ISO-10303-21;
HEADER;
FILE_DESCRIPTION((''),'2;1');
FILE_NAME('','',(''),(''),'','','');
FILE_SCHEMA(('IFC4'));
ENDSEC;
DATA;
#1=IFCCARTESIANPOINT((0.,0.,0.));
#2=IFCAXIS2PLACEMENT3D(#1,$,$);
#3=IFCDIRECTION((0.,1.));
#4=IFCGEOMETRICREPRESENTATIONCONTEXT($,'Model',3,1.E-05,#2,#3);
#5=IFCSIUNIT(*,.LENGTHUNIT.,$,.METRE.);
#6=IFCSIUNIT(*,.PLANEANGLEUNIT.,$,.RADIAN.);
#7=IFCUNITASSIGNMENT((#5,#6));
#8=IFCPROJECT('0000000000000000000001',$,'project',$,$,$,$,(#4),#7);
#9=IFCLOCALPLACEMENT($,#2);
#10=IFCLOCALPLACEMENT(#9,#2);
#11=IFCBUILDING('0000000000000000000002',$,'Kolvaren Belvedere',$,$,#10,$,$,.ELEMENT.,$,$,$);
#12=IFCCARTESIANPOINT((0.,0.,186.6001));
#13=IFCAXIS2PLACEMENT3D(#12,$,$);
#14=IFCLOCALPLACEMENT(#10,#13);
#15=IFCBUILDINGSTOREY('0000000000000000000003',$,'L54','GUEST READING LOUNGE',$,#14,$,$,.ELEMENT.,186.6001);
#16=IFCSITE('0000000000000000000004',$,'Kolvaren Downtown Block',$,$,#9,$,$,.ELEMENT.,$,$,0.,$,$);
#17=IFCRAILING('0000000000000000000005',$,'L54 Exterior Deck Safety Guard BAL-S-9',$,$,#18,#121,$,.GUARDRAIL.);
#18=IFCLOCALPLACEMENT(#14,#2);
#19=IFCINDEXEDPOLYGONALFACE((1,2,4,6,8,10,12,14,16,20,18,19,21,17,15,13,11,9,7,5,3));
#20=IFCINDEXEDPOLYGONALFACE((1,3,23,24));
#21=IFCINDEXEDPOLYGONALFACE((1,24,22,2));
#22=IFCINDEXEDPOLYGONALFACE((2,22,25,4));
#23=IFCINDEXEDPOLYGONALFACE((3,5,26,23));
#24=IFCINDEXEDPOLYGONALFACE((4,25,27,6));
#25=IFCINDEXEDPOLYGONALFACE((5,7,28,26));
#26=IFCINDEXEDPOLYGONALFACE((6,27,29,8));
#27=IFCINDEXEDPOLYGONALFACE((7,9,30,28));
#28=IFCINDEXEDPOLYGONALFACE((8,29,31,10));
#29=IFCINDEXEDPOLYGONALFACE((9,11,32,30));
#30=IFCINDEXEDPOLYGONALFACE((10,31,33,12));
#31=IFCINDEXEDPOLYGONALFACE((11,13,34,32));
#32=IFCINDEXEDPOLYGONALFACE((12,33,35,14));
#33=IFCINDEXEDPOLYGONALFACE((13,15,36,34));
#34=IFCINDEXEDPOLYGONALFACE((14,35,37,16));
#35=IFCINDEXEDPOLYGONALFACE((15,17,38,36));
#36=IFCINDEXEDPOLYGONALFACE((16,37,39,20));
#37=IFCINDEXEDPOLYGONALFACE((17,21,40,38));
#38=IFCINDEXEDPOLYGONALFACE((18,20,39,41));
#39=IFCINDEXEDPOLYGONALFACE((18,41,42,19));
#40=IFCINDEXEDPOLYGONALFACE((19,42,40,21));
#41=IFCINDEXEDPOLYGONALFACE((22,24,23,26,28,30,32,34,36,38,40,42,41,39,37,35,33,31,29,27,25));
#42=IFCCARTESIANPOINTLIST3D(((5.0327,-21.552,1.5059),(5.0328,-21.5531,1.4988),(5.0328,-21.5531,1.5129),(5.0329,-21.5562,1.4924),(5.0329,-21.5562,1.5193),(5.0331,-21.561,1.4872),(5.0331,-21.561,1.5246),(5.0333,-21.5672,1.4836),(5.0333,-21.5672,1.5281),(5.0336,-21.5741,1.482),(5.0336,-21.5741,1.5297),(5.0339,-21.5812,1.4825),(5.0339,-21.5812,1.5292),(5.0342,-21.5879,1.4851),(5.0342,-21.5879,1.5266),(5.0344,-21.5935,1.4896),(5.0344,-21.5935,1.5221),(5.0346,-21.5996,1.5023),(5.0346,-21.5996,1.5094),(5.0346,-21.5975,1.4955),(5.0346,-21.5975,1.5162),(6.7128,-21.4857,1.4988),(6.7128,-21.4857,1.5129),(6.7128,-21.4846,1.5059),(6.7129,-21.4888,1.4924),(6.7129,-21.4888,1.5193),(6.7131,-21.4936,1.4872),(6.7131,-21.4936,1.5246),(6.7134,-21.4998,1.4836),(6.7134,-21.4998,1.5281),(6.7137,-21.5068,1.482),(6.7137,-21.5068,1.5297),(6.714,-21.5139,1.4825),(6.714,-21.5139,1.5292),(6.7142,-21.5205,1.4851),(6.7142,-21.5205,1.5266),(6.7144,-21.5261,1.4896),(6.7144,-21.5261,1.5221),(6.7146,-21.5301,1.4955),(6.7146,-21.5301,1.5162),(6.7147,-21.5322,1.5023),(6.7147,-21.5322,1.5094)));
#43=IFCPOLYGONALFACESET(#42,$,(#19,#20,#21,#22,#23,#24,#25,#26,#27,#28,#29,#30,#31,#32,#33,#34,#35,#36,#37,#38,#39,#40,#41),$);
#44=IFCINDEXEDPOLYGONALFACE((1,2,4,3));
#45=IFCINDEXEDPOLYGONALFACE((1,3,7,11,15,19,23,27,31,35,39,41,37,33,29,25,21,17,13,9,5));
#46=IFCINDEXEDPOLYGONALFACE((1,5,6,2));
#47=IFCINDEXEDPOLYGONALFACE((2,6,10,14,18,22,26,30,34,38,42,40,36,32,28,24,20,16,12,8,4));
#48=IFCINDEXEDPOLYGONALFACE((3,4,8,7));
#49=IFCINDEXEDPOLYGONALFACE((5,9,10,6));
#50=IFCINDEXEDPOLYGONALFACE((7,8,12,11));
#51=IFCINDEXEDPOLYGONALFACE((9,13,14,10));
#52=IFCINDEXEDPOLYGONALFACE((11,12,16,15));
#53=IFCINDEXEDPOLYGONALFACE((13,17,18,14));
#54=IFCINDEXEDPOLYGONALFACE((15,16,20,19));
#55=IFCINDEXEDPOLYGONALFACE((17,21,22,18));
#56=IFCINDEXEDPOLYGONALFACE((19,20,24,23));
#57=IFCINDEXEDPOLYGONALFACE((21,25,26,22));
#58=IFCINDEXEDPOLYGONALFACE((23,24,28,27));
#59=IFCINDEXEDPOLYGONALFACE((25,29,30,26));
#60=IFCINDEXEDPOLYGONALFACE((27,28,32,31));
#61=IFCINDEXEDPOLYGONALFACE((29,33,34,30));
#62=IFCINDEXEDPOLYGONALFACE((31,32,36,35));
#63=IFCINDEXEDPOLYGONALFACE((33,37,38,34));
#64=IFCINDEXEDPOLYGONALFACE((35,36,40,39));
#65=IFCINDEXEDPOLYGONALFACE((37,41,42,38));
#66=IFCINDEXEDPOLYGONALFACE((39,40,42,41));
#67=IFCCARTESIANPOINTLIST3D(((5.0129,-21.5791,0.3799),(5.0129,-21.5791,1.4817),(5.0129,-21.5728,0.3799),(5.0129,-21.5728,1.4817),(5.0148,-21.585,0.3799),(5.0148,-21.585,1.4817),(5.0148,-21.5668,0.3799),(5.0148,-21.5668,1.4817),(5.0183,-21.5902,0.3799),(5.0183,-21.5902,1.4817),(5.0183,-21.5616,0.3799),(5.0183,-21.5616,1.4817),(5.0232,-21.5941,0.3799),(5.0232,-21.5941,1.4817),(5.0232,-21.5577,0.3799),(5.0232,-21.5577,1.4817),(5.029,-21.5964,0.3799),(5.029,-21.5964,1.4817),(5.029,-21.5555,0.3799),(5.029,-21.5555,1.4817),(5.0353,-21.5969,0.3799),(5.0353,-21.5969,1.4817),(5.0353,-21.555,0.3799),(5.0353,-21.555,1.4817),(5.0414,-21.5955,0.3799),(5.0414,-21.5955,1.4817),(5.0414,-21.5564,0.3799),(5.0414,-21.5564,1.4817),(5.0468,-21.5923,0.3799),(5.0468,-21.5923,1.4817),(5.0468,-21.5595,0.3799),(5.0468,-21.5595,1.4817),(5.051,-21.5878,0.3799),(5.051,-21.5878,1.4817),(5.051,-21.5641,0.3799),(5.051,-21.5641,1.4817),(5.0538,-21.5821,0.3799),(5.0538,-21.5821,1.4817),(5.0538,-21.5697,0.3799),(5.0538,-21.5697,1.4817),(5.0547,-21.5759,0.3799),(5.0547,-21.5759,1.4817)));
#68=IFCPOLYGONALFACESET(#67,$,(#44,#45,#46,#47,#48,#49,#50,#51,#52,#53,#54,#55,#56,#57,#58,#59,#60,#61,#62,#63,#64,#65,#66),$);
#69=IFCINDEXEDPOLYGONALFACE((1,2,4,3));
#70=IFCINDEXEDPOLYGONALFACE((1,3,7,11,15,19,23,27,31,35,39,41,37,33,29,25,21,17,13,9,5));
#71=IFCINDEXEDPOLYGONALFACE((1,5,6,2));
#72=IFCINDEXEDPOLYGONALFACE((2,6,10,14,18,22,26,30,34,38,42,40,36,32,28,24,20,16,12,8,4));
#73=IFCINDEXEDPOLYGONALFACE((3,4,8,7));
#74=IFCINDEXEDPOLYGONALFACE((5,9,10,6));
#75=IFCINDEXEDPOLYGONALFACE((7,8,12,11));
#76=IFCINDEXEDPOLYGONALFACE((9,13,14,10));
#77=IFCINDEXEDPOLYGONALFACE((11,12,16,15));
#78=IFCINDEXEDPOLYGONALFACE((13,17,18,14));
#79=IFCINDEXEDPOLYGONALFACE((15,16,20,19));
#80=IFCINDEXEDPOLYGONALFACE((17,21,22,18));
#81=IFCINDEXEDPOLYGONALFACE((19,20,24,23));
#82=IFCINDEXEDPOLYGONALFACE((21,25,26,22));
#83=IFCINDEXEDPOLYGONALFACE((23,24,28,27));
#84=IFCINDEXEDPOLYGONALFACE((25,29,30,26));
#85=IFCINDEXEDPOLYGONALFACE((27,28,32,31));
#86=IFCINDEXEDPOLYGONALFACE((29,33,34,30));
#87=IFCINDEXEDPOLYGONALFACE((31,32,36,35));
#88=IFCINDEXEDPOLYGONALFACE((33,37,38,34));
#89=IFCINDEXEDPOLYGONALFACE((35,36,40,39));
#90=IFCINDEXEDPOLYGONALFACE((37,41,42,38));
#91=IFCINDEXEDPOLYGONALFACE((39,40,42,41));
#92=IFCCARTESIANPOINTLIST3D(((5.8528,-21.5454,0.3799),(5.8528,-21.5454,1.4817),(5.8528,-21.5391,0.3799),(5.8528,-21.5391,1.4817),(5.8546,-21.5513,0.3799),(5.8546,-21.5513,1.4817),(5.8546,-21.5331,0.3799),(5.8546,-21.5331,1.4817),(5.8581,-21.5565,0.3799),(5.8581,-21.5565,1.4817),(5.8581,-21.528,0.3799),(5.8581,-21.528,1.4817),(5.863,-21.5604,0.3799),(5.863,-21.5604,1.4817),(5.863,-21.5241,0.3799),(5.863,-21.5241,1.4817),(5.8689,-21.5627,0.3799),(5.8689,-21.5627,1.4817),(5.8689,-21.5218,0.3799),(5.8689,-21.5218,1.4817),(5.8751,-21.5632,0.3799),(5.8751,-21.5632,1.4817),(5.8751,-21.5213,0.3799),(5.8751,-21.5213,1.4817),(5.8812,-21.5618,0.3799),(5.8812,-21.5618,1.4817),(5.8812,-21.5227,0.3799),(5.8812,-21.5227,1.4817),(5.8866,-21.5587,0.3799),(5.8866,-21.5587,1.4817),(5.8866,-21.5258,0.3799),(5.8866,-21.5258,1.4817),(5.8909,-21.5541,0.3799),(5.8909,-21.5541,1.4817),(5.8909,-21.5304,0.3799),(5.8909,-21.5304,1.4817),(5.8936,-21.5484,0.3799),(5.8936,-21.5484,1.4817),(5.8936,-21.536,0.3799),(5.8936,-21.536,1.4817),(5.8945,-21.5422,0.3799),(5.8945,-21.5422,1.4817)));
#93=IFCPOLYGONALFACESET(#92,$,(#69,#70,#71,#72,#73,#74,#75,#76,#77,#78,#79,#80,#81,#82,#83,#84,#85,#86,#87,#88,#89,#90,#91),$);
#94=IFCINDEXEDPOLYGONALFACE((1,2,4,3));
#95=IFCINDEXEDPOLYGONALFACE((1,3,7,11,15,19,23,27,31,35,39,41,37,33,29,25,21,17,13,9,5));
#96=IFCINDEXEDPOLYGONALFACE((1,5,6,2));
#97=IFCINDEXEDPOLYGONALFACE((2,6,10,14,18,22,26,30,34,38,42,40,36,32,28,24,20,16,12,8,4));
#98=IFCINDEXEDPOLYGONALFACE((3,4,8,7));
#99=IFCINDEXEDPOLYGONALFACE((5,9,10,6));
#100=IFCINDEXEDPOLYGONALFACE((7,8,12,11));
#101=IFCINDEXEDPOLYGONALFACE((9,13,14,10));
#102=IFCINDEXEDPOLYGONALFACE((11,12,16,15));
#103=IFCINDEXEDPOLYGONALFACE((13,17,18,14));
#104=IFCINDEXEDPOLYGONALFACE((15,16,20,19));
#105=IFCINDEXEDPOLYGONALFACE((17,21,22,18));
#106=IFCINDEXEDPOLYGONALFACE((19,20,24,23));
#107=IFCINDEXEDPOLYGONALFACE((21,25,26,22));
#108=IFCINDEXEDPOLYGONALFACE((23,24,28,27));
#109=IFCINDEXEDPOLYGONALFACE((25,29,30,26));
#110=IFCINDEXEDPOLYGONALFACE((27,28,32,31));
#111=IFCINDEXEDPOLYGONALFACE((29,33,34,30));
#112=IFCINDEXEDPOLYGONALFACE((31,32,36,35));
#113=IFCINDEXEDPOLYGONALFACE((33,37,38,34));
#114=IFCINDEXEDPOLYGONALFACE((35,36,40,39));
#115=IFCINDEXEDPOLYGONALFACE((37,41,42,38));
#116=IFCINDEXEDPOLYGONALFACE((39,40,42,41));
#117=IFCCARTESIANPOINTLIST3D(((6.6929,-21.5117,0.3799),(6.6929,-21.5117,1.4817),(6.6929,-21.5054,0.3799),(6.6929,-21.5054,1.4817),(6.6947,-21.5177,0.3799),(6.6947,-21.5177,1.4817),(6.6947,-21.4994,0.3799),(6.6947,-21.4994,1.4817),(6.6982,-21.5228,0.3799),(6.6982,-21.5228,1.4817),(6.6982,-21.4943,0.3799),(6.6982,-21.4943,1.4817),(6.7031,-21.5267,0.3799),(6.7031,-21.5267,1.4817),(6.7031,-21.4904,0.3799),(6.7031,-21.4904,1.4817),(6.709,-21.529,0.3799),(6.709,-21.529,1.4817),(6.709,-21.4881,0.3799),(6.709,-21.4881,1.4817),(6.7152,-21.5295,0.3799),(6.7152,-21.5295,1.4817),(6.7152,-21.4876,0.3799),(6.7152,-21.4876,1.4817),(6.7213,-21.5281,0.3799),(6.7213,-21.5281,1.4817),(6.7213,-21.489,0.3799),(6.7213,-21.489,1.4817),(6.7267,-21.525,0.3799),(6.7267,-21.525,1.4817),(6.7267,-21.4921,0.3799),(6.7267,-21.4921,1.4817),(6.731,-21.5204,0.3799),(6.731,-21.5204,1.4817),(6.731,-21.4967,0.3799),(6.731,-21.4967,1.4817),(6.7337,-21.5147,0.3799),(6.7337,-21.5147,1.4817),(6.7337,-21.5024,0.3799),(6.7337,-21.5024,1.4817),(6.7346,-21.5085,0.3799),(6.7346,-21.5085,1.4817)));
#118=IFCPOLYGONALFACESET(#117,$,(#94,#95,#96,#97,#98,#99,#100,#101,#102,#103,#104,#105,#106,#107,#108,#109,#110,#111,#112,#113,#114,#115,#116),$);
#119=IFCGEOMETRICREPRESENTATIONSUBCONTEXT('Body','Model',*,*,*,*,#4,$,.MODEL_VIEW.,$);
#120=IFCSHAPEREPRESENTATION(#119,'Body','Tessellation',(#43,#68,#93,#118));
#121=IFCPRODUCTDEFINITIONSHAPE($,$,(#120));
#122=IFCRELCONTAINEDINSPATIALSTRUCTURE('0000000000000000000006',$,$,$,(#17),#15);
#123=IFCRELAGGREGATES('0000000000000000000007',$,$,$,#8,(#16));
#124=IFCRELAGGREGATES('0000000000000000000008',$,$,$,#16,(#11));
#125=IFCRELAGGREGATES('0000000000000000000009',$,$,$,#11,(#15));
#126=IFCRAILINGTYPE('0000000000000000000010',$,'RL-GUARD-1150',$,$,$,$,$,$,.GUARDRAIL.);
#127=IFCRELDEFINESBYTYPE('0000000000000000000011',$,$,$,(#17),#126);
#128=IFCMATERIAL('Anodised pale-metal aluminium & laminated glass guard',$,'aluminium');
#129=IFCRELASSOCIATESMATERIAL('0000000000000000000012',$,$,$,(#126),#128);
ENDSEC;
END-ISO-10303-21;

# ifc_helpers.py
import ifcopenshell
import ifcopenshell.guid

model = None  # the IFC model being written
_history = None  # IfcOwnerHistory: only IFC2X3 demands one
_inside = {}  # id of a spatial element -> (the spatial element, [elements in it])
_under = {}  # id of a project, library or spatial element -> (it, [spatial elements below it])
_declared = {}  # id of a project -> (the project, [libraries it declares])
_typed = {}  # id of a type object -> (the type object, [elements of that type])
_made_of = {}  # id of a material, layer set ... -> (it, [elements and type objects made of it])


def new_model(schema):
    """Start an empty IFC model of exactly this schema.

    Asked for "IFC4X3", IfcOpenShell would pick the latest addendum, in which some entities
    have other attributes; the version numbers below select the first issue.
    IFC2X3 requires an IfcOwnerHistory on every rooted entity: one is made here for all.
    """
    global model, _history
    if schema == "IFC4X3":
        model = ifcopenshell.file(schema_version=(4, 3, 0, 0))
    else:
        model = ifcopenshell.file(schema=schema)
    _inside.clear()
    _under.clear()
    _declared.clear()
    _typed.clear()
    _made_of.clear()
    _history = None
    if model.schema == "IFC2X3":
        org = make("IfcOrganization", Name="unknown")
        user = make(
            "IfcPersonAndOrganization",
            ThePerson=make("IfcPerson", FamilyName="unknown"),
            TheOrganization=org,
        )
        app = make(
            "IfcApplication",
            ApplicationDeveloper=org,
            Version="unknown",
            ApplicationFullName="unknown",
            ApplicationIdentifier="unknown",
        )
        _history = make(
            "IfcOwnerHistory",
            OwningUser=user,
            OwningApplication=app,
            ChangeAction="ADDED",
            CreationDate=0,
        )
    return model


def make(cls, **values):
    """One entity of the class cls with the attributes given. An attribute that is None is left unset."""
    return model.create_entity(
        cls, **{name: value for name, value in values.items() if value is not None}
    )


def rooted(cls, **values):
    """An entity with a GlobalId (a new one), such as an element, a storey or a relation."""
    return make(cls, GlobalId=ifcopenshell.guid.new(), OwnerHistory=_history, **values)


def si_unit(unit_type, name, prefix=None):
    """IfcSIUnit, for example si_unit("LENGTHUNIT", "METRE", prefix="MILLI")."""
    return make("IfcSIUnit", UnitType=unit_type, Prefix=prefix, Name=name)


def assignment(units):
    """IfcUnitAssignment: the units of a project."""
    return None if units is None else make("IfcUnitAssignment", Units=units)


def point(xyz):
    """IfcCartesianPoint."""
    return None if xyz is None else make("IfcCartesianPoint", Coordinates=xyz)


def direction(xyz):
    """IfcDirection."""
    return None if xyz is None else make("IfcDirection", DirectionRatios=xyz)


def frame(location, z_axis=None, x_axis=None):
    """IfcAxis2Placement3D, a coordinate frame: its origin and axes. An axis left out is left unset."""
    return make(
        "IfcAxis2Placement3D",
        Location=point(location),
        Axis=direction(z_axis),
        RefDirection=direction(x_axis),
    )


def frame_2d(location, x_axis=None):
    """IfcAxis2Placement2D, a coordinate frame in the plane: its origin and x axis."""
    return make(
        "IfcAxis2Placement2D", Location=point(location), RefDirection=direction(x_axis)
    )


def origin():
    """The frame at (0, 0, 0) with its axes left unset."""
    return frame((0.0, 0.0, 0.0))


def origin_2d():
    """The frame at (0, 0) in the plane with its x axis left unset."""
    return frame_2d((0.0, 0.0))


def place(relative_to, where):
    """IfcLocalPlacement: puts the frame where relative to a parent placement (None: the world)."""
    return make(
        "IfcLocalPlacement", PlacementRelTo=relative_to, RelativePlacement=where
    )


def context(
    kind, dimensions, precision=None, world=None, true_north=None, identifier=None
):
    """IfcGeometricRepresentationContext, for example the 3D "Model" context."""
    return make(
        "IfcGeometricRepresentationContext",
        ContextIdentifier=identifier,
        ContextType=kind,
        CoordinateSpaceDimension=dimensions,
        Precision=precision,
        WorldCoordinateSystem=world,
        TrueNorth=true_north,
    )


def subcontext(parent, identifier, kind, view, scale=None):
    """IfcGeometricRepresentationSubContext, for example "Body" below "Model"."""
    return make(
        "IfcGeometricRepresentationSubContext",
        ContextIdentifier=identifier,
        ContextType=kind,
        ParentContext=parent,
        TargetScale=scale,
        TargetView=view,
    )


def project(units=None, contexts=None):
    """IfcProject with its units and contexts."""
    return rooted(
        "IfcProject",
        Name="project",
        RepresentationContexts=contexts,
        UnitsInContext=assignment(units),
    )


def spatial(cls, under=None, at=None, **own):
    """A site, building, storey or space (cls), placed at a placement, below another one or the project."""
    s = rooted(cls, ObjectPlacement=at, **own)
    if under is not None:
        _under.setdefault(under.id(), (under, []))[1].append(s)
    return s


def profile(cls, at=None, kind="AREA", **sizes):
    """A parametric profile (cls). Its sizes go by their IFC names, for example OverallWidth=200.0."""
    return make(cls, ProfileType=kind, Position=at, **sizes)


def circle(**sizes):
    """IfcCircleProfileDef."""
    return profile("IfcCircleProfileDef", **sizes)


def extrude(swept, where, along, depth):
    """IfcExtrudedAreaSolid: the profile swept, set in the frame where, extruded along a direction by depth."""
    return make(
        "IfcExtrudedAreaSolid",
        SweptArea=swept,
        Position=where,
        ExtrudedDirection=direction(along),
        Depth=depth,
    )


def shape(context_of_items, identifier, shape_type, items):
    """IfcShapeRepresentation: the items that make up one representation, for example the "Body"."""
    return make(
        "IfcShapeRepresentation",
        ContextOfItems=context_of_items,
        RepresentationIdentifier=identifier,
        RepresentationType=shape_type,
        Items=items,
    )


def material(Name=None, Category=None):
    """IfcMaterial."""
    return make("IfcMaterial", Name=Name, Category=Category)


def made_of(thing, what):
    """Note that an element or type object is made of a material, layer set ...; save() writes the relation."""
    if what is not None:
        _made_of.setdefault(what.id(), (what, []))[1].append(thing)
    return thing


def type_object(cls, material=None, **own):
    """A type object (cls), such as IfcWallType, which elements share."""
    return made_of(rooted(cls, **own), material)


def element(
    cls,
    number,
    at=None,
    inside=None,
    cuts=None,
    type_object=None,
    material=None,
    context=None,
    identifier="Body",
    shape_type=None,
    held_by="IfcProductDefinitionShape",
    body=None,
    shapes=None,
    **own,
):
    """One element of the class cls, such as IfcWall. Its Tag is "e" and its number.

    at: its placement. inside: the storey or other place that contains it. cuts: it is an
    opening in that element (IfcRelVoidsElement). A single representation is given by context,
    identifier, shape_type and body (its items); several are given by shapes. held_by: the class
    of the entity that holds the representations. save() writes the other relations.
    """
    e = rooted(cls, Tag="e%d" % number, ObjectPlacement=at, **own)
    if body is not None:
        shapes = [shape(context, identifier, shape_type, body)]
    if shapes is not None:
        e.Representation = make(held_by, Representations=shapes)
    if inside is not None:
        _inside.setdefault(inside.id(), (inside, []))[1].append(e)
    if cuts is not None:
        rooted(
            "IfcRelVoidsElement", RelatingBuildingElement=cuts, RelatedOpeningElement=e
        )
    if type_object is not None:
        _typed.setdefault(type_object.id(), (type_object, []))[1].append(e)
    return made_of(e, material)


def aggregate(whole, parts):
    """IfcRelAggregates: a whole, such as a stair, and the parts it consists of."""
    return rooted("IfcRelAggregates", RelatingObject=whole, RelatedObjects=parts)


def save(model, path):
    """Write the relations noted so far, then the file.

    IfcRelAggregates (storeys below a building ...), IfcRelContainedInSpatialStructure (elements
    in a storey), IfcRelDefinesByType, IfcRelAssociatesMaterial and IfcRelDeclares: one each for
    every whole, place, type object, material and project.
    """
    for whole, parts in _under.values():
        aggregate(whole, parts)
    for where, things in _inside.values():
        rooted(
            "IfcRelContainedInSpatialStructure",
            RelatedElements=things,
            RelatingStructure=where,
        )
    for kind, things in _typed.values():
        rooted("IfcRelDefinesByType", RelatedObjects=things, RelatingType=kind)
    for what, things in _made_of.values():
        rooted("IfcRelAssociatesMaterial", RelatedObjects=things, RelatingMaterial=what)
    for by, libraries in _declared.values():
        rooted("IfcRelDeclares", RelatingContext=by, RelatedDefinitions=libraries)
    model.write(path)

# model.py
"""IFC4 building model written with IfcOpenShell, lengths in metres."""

from ifc_helpers import new_model, si_unit, direction, frame, origin, origin_2d, place, context, subcontext, project, spatial, circle, extrude, material, type_object, element, save


model = new_model("IFC4")

# Units and contexts
model_context = context("Model", 3, precision=1e-05, world=origin(), true_north=direction((0.0, 1.0)))
body_context = subcontext(model_context, "Body", "Model", "MODEL_VIEW")
ifc_project = project(units=[si_unit("LENGTHUNIT", "METRE"), si_unit("PLANEANGLEUNIT", "RADIAN")], contexts=[model_context])

# Site, building, storey
site_placement = place(None, origin())
site = spatial("IfcSite", under=ifc_project, at=site_placement, Name="Kolvaren Downtown Block", CompositionType="ELEMENT", RefElevation=0.0)
building_placement = place(site_placement, origin())
building = spatial("IfcBuilding", under=site, at=building_placement, Name="Kolvaren Belvedere", CompositionType="ELEMENT")
storey_placement = place(building_placement, frame((0.0, 0.0, 186.6001)))
storey = spatial("IfcBuildingStorey", under=building, at=storey_placement, Name="L54", Description="GUEST READING LOUNGE", CompositionType="ELEMENT", Elevation=186.6001)

# Railing
ifc_material_1 = material(Name="Anodised pale-metal aluminium & laminated glass guard", Category="aluminium")
railing_type = type_object("IfcRailingType", Name="RL-GUARD-1150", PredefinedType="GUARDRAIL", material=ifc_material_1)
railing_1_placement = place(storey_placement, frame((5.0337, -21.5759, 0.3799)))
element("IfcRailing", 1, at=railing_1_placement, inside=storey, type_object=railing_type, Name="L54 Exterior Deck Safety Guard BAL-S-9", PredefinedType="GUARDRAIL", context=body_context, shape_type="SweptSolid", body=[
    extrude(circle(Radius=0.0239, at=origin_2d()), frame((0.0, 0.0, 1.126), z_axis=(0.999197, 0.040078, 0.0), x_axis=(-0.040078, 0.999197, 0.0)), (0.0, 0.0, 1.0), 1.6814),
    extrude(circle(Radius=0.021, at=origin_2d()), origin(), (0.0, 0.0, 1.0), 1.1018),
    extrude(circle(Radius=0.021, at=origin_2d()), frame((0.8398, 0.0337, 0.0)), (0.0, 0.0, 1.0), 1.1018),
    extrude(circle(Radius=0.021, at=origin_2d()), frame((1.6799, 0.0674, 0.0)), (0.0, 0.0, 1.0), 1.1018),
])

save(model, "model.ifc")
